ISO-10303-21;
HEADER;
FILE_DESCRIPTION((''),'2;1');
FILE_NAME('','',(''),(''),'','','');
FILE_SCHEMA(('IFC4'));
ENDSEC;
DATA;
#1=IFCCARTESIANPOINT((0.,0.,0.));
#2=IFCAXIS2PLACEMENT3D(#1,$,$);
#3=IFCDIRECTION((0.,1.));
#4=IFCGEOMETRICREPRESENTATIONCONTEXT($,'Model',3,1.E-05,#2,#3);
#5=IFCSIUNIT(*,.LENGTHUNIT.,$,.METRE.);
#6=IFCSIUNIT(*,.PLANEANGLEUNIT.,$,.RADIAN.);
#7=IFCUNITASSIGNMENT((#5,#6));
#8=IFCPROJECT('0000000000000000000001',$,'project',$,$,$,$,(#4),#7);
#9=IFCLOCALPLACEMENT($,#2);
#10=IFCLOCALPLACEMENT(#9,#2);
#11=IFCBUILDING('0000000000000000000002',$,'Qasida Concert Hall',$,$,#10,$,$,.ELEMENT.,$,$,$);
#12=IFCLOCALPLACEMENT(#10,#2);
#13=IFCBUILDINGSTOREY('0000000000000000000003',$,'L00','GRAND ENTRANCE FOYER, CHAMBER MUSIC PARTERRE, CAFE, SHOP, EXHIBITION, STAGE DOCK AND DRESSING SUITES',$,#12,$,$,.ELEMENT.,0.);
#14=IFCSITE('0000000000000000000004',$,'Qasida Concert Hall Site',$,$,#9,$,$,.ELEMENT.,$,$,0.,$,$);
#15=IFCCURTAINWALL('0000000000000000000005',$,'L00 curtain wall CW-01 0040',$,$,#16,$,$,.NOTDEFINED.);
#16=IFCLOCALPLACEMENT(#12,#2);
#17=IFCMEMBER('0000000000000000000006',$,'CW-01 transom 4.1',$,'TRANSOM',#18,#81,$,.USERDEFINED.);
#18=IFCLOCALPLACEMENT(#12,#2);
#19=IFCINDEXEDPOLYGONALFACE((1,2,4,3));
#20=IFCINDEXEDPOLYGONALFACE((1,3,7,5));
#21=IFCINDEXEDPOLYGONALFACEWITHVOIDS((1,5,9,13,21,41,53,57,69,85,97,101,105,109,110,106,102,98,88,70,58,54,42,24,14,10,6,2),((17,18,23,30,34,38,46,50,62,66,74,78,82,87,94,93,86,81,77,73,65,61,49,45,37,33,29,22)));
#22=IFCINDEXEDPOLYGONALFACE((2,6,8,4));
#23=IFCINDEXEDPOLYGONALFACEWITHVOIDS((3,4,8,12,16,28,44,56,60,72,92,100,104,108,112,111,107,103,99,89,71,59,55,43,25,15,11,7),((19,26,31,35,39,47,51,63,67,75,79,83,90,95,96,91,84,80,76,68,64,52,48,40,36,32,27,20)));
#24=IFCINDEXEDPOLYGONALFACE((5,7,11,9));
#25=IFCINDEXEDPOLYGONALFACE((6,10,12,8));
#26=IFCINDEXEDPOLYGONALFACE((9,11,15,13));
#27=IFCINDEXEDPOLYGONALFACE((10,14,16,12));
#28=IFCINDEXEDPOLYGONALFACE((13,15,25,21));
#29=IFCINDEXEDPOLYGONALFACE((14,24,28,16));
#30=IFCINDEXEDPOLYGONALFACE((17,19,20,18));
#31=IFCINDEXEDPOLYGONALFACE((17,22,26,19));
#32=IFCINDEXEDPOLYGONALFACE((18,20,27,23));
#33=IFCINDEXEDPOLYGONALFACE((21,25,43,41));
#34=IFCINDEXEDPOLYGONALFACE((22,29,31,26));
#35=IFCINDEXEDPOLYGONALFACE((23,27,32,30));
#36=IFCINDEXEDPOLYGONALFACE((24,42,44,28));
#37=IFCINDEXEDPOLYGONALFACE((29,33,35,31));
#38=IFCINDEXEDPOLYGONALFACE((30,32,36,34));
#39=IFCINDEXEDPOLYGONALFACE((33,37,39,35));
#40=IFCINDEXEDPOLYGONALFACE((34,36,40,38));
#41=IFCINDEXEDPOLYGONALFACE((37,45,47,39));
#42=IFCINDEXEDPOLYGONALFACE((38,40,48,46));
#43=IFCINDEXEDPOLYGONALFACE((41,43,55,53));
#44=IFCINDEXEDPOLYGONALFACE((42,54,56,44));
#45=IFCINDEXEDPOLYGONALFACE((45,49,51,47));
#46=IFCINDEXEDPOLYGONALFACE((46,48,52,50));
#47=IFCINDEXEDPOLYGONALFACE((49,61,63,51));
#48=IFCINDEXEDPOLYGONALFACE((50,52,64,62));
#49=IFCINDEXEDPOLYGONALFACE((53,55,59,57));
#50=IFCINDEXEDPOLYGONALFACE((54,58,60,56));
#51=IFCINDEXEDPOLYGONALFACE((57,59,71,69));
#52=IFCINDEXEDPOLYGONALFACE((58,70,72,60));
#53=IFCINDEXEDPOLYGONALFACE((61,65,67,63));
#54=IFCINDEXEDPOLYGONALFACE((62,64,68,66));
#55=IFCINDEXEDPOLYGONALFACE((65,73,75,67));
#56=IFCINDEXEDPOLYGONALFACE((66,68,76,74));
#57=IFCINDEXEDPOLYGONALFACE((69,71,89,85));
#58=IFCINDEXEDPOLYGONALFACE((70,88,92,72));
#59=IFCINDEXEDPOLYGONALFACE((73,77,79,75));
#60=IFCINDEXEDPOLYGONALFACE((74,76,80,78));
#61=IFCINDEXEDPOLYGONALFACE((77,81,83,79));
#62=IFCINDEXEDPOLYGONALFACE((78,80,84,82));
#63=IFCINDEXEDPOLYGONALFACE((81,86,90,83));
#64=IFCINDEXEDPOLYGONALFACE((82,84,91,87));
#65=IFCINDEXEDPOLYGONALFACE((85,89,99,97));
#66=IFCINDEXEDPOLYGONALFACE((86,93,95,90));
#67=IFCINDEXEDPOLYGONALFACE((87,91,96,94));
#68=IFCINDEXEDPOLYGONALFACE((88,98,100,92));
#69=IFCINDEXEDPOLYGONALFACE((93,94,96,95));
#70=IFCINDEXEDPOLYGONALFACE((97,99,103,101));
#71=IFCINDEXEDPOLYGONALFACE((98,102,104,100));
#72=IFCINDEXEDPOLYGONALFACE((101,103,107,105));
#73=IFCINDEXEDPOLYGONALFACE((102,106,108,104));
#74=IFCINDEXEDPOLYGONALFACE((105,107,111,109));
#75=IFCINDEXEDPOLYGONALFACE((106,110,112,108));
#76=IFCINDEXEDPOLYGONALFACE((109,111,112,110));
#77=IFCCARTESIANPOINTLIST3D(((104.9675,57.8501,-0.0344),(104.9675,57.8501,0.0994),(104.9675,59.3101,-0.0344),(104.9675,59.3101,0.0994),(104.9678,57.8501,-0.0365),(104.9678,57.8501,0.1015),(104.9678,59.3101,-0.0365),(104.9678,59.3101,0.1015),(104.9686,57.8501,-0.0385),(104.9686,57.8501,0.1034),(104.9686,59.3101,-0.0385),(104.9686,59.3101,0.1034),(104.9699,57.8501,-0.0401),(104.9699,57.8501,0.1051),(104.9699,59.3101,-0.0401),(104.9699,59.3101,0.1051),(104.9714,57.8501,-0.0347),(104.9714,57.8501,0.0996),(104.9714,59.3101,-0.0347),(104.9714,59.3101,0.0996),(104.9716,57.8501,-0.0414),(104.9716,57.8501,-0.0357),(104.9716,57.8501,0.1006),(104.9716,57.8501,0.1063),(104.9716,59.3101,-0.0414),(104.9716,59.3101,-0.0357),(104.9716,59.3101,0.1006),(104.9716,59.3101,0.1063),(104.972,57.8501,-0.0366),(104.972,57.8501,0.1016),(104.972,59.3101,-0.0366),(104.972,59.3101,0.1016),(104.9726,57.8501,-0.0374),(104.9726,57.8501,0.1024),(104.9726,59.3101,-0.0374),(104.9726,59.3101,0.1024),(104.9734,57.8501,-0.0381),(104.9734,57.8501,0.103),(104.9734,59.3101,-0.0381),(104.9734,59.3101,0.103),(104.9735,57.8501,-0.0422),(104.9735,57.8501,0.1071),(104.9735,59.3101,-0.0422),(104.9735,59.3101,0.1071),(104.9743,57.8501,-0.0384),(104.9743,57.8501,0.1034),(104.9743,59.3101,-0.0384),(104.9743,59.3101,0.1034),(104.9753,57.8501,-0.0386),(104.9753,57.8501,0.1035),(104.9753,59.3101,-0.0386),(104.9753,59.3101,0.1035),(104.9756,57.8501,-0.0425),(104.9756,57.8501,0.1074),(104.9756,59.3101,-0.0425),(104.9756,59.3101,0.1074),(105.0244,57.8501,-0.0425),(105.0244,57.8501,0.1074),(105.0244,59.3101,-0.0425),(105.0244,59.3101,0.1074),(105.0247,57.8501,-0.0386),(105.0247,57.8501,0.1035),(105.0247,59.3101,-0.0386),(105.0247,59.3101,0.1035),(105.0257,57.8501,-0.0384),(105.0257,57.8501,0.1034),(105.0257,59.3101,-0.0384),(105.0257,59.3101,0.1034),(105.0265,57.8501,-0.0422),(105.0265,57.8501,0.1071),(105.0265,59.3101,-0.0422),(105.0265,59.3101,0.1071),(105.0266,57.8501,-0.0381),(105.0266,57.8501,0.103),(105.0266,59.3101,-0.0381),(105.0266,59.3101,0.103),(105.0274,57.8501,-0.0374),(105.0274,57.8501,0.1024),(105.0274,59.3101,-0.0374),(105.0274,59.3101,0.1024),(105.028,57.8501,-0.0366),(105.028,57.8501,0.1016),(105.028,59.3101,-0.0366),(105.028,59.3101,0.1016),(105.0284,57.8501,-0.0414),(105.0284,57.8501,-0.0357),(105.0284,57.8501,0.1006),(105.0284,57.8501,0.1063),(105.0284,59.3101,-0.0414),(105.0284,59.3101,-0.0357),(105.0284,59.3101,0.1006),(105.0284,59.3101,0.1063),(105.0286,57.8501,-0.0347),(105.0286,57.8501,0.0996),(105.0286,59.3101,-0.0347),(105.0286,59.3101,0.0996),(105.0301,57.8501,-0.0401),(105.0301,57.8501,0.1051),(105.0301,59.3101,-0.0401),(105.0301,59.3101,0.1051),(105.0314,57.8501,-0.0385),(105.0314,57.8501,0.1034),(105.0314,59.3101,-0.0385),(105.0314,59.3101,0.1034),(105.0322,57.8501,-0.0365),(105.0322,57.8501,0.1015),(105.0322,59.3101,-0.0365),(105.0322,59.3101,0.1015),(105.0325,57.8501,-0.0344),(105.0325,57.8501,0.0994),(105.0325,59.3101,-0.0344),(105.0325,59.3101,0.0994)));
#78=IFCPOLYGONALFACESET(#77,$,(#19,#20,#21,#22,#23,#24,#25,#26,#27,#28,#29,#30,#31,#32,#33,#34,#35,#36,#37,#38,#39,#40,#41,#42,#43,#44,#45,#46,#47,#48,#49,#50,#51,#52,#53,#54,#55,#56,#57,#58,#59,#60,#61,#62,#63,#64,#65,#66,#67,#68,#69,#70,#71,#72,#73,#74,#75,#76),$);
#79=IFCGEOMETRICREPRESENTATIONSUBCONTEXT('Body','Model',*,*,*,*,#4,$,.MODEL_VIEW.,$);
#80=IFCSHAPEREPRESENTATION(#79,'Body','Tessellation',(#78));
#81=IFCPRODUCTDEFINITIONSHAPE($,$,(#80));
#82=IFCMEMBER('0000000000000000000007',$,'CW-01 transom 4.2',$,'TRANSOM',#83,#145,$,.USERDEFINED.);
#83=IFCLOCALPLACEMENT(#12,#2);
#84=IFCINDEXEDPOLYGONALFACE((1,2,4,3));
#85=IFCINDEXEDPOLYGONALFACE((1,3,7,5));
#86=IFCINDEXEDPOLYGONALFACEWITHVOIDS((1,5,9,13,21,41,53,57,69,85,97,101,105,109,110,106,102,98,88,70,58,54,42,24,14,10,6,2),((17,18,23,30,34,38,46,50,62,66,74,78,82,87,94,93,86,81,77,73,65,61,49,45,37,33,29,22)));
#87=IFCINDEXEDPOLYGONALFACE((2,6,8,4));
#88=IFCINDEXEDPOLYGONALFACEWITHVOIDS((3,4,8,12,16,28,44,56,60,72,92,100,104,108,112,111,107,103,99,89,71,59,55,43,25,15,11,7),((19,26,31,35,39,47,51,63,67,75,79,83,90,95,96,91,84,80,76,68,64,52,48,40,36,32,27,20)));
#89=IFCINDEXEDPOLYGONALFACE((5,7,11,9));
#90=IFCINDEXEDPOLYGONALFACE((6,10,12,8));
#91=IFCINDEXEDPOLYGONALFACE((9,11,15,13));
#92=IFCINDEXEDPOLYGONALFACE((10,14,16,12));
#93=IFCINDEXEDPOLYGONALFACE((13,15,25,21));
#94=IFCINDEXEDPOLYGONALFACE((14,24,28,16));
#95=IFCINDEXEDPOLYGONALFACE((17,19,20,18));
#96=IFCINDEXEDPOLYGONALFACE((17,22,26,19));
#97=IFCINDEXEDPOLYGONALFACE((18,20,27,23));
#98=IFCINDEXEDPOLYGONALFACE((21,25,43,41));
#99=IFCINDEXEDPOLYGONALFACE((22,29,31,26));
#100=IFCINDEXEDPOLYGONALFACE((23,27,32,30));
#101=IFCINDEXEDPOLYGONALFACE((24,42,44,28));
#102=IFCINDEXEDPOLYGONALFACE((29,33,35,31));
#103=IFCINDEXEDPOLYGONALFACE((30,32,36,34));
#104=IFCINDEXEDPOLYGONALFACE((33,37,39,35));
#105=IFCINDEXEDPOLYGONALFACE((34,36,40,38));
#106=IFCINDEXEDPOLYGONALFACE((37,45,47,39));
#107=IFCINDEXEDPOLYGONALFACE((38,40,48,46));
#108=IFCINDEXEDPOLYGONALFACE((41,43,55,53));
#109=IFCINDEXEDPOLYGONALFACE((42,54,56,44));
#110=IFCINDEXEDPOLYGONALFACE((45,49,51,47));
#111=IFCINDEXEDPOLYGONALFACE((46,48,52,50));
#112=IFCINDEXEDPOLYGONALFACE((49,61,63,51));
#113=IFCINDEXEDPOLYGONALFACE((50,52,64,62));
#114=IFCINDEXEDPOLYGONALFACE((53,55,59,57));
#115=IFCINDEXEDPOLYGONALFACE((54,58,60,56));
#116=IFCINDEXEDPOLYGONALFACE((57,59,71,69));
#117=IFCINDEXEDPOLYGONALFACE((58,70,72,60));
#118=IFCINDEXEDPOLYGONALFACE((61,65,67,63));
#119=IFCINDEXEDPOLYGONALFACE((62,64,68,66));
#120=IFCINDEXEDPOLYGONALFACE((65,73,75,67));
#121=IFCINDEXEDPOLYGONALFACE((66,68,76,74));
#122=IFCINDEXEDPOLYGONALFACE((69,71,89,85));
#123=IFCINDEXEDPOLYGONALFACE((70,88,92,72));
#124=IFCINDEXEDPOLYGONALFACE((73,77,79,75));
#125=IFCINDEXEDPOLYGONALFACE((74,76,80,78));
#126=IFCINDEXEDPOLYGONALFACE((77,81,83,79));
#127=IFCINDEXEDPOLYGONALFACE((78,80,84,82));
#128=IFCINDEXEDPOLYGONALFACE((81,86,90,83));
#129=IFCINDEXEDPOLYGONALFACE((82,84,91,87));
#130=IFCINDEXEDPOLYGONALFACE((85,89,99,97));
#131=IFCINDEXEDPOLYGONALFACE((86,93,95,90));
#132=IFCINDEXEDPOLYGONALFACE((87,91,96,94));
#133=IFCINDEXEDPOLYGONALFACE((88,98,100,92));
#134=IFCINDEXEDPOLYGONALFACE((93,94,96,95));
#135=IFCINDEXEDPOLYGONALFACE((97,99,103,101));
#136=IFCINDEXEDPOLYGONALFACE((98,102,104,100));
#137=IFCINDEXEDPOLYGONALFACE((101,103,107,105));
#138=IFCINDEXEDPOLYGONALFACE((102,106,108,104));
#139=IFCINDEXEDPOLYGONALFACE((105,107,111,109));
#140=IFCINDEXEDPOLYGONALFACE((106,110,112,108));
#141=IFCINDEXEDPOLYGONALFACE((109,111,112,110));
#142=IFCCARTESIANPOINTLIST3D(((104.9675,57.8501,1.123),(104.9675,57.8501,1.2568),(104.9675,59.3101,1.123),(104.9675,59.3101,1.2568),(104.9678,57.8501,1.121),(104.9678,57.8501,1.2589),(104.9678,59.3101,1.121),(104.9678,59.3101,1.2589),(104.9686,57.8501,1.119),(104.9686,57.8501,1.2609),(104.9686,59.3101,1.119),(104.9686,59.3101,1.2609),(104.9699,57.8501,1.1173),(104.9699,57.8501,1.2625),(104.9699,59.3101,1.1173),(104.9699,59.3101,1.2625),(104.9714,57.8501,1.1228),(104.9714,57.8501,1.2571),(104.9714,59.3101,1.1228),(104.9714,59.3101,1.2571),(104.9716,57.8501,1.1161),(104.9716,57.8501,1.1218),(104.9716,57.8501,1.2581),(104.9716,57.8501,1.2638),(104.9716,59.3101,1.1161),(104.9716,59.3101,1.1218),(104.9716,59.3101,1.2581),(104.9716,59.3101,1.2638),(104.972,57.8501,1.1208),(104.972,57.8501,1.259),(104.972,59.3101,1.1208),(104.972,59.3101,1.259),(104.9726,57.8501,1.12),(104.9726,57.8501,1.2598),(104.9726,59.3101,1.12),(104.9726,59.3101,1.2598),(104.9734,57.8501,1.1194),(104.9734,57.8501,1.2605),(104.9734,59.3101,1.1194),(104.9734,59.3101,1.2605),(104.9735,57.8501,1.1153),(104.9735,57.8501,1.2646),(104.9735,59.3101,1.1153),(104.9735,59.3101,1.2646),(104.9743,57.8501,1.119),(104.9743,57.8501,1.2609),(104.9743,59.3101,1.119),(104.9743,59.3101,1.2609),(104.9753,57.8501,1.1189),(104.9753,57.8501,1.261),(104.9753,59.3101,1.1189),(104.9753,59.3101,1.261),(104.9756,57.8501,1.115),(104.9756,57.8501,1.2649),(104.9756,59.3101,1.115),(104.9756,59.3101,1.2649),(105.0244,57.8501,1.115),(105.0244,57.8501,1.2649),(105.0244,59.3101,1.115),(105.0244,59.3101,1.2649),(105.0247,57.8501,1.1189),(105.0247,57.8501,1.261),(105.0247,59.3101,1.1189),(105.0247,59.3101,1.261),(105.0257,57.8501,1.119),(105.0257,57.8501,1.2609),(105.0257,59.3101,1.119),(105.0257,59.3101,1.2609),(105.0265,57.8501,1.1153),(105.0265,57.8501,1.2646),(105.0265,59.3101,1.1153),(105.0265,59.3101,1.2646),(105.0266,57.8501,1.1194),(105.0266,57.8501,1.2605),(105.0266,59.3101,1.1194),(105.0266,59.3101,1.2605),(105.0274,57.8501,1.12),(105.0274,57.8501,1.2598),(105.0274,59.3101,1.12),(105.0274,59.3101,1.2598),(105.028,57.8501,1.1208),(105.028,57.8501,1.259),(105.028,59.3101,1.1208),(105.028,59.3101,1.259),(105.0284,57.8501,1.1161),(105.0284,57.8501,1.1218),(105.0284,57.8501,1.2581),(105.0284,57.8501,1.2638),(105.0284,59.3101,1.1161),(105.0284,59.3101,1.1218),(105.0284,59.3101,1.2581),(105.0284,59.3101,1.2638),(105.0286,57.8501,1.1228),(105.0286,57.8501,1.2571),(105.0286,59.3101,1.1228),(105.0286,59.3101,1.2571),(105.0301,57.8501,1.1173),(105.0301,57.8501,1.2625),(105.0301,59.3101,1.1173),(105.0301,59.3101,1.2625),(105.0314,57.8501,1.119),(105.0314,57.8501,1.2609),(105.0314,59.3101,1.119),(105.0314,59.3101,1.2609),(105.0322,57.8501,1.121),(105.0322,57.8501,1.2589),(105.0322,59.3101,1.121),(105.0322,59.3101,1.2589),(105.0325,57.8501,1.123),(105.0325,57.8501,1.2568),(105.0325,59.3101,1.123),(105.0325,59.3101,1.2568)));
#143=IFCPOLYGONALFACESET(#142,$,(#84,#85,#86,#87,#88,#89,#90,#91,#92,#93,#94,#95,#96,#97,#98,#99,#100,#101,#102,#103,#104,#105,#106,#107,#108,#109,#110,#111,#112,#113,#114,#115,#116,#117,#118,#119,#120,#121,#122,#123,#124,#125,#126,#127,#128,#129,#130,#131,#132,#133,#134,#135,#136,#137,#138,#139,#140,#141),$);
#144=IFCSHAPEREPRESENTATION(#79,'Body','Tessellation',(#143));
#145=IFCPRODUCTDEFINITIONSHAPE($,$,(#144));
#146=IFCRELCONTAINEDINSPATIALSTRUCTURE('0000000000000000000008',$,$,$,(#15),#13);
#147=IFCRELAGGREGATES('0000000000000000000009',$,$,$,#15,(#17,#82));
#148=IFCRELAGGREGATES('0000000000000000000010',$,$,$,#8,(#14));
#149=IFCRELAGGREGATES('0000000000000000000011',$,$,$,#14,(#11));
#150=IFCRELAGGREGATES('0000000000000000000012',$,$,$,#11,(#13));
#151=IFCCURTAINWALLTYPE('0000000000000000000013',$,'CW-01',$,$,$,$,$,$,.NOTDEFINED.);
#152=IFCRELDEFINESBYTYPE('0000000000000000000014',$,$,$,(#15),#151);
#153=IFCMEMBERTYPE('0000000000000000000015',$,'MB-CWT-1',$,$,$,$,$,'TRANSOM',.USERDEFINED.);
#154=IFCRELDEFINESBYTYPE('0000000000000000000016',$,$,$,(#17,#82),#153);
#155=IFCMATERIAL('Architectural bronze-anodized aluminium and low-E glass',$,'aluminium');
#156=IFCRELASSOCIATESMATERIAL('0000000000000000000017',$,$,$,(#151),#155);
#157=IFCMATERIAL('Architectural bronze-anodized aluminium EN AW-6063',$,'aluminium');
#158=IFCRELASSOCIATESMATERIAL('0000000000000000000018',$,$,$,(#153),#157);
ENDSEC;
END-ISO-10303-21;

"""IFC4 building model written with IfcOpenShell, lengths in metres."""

from ifc_helpers import new_model, si_unit, direction, frame, origin, origin_2d, place, context, subcontext, project, spatial, hollow_rectangle, extrude, material, material_profile, profile_set, type_object, element, aggregate, save


model = new_model("IFC4")

# Units and contexts
model_context = context("Model", 3, precision=1e-05, world=origin(), true_north=direction((0.0, 1.0)))
body_context = subcontext(model_context, "Body", "Model", "MODEL_VIEW")
ifc_project = project(units=[si_unit("LENGTHUNIT", "METRE"), si_unit("PLANEANGLEUNIT", "RADIAN")], contexts=[model_context])

# Site, building, storey
site_placement = place(None, origin())
site = spatial("IfcSite", under=ifc_project, at=site_placement, Name="Qasida Concert Hall Site", CompositionType="ELEMENT", RefElevation=0.0)
building_placement = place(site_placement, origin())
building = spatial("IfcBuilding", under=site, at=building_placement, Name="Qasida Concert Hall", CompositionType="ELEMENT")
storey_placement = place(building_placement, origin())
storey = spatial("IfcBuildingStorey", under=building, at=storey_placement, Name="L00", Description="GRAND ENTRANCE FOYER, CHAMBER MUSIC PARTERRE, CAFE, SHOP, EXHIBITION, STAGE DOCK AND DRESSING SUITES", CompositionType="ELEMENT", Elevation=0.0)

# Curtain wall, members
ifc_material_1 = material(Name="Architectural bronze-anodized aluminium and low-E glass", Category="aluminium")
curtain_wall_type = type_object("IfcCurtainWallType", Name="CW-01", PredefinedType="NOTDEFINED", material=ifc_material_1)
curtain_wall_placement = place(storey_placement, origin())
curtain_wall = element("IfcCurtainWall", 1, at=curtain_wall_placement, inside=storey, type_object=curtain_wall_type, Name="L00 curtain wall CW-01 0040", PredefinedType="NOTDEFINED")
ifc_material_2 = material(Name="Architectural bronze-anodized aluminium EN AW-6063", Category="aluminium")
ifc_material_profile_1 = material_profile(ifc_material_2, hollow_rectangle(XDim=0.0649, YDim=0.1499, WallThickness=0.0039, InnerFilletRadius=0.0039, OuterFilletRadius=0.0081, at=origin_2d()), Name="CWT 150x65x4")
ifc_profile_set_1 = profile_set([ifc_material_profile_1], Name="Architectural bronze-anodized aluminium EN AW-6063")
member_type_1 = type_object("IfcMemberType", Name="MB-CWT-1", ElementType="TRANSOM", PredefinedType="USERDEFINED", material=ifc_profile_set_1)
member_1_placement = place(storey_placement, frame((105.0, 57.8501, 0.0325), z_axis=(0.0, 1.0, 0.0), x_axis=(-1.0, 0.0, 0.0)))
member_1 = element("IfcMember", 2, at=member_1_placement, type_object=member_type_1, Name="CW-01 transom 4.1", ObjectType="TRANSOM", PredefinedType="USERDEFINED", context=body_context, shape_type="SweptSolid", body=[
    extrude(hollow_rectangle(XDim=0.0649, YDim=0.1499, WallThickness=0.0039, InnerFilletRadius=0.0039, OuterFilletRadius=0.0081, at=origin_2d()), origin(), (0.0, 0.0, 1.0), 1.46),
])
member_2_placement = place(storey_placement, frame((105.0, 57.8501, 1.1899), z_axis=(0.0, 1.0, 0.0), x_axis=(-1.0, 0.0, 0.0)))
member_2 = element("IfcMember", 3, at=member_2_placement, type_object=member_type_1, Name="CW-01 transom 4.2", ObjectType="TRANSOM", PredefinedType="USERDEFINED", context=body_context, shape_type="SweptSolid", body=[
    extrude(hollow_rectangle(XDim=0.0649, YDim=0.1499, WallThickness=0.0039, InnerFilletRadius=0.0039, OuterFilletRadius=0.0081, at=origin_2d()), origin(), (0.0, 0.0, 1.0), 1.46),
])
aggregate(curtain_wall, [member_1, member_2])

save(model, "model.ifc")
